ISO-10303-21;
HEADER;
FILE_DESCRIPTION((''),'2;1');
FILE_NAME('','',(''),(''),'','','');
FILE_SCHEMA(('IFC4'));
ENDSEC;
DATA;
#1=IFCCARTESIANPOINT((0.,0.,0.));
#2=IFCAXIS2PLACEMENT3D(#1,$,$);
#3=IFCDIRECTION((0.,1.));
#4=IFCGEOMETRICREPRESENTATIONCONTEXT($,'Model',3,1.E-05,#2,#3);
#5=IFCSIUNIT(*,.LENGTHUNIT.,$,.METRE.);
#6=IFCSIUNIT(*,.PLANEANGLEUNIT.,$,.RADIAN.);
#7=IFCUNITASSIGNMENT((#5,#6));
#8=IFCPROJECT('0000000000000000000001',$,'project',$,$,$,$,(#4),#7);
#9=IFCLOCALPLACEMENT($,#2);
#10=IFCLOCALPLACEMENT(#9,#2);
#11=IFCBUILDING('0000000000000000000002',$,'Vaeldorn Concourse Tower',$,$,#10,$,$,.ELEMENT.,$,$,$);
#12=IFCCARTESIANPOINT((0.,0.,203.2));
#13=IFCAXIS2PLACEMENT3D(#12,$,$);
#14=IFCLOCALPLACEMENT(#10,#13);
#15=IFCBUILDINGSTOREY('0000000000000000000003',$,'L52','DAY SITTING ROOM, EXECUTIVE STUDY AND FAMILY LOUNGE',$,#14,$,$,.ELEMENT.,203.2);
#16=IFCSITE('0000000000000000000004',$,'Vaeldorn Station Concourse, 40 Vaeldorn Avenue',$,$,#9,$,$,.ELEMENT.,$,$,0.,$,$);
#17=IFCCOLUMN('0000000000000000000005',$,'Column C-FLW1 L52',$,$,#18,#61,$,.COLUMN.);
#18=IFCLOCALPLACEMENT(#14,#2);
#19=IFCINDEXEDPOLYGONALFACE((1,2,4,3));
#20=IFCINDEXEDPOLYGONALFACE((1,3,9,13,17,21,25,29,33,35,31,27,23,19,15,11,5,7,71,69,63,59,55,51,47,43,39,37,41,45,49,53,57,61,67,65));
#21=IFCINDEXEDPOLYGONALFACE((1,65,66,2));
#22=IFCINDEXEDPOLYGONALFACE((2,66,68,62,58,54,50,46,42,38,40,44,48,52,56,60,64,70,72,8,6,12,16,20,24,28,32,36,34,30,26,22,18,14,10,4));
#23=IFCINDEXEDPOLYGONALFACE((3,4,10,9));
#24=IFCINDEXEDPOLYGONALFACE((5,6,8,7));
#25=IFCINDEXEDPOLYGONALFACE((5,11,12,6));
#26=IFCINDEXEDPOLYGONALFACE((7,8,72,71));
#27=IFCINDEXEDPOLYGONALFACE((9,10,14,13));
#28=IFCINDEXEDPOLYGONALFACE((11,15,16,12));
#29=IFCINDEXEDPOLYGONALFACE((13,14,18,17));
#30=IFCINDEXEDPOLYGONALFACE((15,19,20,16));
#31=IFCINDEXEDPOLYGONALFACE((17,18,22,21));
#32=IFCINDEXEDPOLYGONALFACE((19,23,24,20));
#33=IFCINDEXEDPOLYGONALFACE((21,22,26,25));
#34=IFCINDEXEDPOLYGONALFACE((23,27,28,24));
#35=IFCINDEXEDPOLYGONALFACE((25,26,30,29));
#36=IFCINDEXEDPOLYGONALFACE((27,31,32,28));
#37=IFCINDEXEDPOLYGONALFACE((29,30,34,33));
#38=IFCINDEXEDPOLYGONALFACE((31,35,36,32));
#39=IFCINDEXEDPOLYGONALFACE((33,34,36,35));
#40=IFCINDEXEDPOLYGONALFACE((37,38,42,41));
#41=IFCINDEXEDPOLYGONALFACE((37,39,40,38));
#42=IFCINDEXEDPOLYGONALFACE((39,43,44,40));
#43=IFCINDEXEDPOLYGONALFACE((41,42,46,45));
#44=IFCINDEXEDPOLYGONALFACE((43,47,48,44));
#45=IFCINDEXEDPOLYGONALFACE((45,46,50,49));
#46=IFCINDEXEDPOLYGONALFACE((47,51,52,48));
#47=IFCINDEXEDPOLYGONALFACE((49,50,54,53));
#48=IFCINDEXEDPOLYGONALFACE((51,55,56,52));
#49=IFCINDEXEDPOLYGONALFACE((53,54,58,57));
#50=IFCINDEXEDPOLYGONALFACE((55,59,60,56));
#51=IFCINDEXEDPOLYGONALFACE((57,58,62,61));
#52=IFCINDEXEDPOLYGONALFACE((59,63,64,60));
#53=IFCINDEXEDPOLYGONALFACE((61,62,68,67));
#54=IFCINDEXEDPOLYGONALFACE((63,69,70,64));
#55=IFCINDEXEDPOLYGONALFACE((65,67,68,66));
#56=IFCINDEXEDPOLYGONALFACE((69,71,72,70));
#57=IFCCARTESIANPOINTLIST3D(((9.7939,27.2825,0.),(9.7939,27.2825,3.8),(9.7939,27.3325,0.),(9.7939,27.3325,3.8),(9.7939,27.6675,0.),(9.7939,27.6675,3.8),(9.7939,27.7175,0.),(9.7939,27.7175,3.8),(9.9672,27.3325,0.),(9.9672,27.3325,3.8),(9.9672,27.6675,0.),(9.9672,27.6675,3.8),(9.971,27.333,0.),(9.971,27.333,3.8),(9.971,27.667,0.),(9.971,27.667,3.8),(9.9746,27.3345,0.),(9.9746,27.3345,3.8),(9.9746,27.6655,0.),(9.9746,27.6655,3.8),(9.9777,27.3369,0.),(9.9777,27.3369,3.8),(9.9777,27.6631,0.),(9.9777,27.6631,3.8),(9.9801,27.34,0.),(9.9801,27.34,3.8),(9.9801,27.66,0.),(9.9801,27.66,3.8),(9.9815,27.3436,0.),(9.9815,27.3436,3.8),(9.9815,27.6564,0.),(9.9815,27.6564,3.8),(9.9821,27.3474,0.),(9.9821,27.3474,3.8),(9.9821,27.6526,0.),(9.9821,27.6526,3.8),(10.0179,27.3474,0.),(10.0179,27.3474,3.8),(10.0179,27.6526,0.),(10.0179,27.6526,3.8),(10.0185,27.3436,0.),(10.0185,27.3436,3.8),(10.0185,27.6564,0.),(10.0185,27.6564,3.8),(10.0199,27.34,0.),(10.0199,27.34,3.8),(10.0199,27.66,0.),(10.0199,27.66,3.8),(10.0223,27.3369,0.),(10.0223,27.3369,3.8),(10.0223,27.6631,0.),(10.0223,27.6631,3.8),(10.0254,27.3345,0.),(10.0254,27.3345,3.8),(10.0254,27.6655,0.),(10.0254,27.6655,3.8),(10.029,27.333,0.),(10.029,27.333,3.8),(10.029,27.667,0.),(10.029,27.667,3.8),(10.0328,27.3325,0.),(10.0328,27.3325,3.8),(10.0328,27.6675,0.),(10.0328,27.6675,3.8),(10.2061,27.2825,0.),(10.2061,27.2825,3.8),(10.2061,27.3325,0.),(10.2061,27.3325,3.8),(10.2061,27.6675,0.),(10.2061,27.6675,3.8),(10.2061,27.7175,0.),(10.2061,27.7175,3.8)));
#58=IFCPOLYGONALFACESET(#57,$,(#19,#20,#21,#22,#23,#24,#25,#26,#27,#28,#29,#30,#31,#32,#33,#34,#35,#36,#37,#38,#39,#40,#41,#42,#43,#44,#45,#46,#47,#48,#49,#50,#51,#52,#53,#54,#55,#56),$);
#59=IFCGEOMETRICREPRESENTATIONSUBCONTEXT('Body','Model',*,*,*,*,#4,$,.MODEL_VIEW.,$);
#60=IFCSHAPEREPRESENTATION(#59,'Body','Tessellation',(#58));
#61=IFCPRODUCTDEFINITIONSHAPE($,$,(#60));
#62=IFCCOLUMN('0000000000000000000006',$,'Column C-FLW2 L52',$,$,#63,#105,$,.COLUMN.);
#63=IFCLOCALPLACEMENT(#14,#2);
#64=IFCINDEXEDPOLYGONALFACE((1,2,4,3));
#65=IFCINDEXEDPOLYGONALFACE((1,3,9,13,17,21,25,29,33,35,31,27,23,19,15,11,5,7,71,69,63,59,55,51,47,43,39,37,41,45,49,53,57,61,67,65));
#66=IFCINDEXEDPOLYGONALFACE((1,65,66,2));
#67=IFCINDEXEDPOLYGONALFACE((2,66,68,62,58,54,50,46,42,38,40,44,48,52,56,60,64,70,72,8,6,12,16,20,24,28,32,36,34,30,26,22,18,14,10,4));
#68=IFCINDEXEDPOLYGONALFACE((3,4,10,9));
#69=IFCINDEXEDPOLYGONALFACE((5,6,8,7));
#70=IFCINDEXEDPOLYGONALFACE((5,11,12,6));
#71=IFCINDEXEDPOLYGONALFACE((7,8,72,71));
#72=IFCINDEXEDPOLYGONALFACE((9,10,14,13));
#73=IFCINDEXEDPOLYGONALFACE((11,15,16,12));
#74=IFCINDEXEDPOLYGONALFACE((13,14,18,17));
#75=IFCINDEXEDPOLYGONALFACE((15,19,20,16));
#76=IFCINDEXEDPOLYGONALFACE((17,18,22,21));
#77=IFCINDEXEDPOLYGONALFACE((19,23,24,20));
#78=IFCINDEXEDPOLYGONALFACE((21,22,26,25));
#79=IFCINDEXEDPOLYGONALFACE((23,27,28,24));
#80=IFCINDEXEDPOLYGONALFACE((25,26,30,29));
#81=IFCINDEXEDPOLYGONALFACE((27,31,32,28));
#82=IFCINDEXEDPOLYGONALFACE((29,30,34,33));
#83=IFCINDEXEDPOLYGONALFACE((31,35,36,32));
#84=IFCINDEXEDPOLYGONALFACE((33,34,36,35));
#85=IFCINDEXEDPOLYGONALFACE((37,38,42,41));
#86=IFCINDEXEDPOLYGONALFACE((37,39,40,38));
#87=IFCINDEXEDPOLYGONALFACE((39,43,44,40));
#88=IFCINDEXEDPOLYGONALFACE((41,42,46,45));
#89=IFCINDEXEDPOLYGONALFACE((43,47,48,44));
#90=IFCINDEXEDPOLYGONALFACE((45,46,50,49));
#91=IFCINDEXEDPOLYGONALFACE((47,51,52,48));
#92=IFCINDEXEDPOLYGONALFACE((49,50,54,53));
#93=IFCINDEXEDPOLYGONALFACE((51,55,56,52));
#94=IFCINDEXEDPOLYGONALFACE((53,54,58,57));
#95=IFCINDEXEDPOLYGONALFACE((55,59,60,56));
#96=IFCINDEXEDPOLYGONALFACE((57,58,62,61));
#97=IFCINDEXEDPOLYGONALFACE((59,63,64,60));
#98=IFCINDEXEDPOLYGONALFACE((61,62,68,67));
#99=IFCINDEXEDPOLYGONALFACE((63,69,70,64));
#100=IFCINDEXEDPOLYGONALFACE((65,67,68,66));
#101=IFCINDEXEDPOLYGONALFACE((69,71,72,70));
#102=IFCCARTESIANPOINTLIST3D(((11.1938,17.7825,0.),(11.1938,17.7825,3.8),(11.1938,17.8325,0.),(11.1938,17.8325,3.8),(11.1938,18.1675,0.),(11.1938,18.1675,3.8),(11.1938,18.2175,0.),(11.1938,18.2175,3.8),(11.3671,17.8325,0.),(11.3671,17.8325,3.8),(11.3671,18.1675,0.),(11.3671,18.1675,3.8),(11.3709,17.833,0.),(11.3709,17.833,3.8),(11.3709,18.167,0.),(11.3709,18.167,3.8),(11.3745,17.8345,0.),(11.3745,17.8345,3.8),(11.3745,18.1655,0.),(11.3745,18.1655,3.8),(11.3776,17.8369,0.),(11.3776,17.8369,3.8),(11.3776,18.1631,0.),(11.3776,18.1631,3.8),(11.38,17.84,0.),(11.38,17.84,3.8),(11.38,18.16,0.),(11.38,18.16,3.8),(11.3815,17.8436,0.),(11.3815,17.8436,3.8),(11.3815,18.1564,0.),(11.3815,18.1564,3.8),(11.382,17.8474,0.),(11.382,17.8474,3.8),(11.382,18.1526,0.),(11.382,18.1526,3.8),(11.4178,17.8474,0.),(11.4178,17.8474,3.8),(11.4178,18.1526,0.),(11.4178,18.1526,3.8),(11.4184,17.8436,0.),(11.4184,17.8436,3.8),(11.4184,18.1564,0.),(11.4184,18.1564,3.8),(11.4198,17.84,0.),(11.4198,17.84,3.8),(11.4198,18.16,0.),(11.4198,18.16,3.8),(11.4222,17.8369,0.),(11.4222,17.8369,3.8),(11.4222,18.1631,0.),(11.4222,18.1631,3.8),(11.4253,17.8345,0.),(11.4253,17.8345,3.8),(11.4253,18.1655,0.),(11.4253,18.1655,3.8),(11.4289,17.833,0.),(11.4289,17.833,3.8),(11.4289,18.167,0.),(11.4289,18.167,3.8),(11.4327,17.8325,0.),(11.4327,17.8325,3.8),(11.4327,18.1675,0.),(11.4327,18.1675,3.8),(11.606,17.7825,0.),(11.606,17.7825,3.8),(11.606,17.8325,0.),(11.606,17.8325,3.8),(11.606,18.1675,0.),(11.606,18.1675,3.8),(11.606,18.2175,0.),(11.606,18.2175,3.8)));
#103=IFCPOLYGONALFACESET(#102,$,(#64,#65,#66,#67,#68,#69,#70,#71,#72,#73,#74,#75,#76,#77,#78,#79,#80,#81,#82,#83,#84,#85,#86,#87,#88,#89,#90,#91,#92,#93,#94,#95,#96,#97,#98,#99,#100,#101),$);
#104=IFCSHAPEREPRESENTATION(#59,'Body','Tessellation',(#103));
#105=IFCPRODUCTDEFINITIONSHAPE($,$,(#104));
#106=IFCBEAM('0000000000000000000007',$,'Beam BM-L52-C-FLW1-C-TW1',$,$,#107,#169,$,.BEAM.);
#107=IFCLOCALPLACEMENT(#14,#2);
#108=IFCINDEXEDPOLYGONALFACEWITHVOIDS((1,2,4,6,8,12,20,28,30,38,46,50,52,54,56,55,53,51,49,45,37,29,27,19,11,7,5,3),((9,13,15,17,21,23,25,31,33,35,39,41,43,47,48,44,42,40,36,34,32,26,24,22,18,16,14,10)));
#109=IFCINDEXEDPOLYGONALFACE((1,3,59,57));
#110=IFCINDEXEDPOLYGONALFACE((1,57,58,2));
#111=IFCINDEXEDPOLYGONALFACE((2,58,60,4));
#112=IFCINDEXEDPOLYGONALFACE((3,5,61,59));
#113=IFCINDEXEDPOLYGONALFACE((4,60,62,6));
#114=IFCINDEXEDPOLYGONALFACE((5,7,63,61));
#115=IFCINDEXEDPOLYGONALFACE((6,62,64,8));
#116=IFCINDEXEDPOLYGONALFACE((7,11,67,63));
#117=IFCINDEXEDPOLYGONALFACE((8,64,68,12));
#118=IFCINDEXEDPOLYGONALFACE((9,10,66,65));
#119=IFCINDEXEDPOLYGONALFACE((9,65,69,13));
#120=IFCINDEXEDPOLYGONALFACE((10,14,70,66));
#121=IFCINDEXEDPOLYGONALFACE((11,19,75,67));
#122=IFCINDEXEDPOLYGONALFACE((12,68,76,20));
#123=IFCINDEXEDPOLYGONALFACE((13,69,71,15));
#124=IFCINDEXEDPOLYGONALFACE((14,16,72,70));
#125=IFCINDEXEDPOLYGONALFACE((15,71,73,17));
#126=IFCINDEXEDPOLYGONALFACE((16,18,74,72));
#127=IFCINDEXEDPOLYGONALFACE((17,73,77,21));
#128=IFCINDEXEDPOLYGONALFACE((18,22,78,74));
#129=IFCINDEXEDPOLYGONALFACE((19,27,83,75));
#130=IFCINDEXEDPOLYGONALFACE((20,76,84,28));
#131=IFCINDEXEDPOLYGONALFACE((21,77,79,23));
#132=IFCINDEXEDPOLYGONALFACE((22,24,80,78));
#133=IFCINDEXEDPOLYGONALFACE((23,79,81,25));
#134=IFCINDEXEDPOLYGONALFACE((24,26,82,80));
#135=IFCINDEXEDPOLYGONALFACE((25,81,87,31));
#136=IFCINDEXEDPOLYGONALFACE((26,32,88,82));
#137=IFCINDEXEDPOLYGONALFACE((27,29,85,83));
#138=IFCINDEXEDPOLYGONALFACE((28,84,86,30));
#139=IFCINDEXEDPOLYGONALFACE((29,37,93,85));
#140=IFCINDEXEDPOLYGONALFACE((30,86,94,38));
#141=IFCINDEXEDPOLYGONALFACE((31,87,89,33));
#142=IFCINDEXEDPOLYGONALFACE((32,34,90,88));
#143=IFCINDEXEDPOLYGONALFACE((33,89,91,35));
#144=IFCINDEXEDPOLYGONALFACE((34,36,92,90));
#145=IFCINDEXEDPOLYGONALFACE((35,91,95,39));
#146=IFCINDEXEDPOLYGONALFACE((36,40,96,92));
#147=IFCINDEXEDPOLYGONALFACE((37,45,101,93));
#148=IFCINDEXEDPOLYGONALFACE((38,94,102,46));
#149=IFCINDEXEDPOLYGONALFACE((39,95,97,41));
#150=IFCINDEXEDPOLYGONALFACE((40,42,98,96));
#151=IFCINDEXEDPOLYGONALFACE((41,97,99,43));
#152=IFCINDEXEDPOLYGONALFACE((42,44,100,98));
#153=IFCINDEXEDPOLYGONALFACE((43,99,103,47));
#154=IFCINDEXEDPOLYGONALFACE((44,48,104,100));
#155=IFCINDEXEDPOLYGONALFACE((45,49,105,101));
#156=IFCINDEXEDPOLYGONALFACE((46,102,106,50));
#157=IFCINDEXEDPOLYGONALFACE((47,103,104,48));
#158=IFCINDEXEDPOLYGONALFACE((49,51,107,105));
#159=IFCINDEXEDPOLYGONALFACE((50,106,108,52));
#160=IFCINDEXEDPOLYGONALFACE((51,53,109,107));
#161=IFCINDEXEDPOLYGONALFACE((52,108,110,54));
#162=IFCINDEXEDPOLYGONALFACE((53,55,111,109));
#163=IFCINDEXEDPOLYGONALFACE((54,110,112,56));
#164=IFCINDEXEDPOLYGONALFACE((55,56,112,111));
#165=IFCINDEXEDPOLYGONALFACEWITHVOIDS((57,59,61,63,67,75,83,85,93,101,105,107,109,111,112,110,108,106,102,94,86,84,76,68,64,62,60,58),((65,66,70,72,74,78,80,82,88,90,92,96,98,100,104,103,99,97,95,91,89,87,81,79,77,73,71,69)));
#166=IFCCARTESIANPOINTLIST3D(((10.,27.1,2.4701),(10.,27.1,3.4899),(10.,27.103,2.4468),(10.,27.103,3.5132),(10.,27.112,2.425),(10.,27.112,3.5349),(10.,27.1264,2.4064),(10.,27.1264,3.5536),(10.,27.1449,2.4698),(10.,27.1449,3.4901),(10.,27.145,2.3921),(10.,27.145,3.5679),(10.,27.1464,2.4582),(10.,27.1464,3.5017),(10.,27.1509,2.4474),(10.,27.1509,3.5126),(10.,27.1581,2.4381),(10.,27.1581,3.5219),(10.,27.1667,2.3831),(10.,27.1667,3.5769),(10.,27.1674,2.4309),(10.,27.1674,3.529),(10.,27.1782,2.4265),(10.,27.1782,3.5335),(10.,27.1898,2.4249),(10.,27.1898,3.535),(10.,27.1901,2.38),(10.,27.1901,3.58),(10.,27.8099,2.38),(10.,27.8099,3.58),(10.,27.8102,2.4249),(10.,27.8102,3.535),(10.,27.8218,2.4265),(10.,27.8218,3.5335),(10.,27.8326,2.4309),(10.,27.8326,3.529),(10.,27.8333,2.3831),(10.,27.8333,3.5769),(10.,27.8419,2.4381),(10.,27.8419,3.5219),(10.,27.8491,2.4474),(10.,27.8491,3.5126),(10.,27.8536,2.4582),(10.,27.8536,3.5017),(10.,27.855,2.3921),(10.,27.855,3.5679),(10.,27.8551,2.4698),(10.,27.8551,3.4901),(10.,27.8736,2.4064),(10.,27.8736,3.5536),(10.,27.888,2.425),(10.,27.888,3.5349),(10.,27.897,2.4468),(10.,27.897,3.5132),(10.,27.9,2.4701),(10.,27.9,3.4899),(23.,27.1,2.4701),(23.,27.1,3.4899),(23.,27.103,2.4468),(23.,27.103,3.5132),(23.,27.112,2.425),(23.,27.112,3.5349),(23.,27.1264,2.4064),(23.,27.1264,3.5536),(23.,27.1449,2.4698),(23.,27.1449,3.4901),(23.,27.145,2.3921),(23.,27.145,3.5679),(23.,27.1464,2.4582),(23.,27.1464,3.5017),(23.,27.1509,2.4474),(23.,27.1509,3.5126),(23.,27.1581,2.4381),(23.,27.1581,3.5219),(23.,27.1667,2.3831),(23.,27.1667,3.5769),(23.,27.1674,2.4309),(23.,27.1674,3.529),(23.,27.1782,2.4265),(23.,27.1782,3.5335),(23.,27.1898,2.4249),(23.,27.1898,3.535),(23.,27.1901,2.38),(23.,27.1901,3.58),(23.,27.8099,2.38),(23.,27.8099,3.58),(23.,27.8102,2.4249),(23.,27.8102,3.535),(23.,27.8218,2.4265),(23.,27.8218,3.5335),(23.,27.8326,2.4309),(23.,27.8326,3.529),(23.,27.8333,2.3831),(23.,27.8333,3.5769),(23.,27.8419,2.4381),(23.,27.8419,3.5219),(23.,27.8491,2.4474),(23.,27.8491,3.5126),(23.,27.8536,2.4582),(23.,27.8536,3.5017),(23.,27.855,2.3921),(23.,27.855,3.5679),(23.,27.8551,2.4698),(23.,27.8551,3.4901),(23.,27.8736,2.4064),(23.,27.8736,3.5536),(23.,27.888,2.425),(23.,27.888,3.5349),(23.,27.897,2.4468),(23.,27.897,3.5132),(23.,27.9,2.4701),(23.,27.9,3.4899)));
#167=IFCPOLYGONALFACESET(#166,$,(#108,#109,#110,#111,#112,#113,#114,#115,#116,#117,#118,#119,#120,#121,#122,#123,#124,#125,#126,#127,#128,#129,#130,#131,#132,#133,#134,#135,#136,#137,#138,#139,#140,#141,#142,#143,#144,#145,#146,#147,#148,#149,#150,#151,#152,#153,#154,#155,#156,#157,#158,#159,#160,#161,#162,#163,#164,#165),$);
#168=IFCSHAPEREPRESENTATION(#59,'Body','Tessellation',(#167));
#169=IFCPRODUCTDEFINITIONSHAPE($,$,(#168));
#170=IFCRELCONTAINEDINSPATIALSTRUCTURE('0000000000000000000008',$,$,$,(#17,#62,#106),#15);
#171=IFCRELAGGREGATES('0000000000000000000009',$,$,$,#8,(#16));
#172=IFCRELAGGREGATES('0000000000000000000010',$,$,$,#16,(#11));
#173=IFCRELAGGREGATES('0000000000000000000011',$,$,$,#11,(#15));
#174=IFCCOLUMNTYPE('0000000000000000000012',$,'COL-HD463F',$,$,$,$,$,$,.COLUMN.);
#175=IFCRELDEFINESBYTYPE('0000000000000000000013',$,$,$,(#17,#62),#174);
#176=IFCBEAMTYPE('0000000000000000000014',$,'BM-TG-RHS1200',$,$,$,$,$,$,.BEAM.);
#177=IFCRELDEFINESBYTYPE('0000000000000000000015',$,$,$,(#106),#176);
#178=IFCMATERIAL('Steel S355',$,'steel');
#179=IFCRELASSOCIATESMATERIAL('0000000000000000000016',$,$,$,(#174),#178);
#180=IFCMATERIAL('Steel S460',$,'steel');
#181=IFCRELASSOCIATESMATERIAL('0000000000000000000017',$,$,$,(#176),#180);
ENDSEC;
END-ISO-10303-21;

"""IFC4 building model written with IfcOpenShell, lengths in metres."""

from ifc_helpers import new_model, si_unit, direction, frame, origin, origin_2d, place, context, subcontext, project, spatial, hollow_rectangle, i_section, extrude, source, transform, mapped, material, material_profile, profile_set, type_object, element, save


model = new_model("IFC4")

# Units and contexts
model_context = context("Model", 3, precision=1e-05, world=origin(), true_north=direction((0.0, 1.0)))
body_context = subcontext(model_context, "Body", "Model", "MODEL_VIEW")
ifc_project = project(units=[si_unit("LENGTHUNIT", "METRE"), si_unit("PLANEANGLEUNIT", "RADIAN")], contexts=[model_context])

# Site, building, storey
site_placement = place(None, origin())
site = spatial("IfcSite", under=ifc_project, at=site_placement, Name="Vaeldorn Station Concourse, 40 Vaeldorn Avenue", CompositionType="ELEMENT", RefElevation=0.0)
building_placement = place(site_placement, origin())
building = spatial("IfcBuilding", under=site, at=building_placement, Name="Vaeldorn Concourse Tower", CompositionType="ELEMENT")
storey_placement = place(building_placement, frame((0.0, 0.0, 203.2)))
storey = spatial("IfcBuildingStorey", under=building, at=storey_placement, Name="L52", Description="DAY SITTING ROOM, EXECUTIVE STUDY AND FAMILY LOUNGE", CompositionType="ELEMENT", Elevation=203.2)

# Columns
ifc_material_1 = material(Name="Steel S355", Category="steel")
ifc_material_profile_1 = material_profile(ifc_material_1, i_section(OverallWidth=0.4121, OverallDepth=0.4351, WebThickness=0.0359, FlangeThickness=0.05, FilletRadius=0.0149, at=origin_2d()), Name="HD 400x463")
ifc_profile_set_1 = profile_set([ifc_material_profile_1], Name="Steel S355")
column_type = type_object("IfcColumnType", Name="COL-HD463F", PredefinedType="COLUMN", material=ifc_profile_set_1)
shared_shape_1 = source(origin(), body_context, "Body", "SweptSolid", [
    extrude(i_section(OverallWidth=0.4121, OverallDepth=0.4351, WebThickness=0.0359, FlangeThickness=0.05, FilletRadius=0.0149, at=origin_2d()), origin(), (0.0, 0.0, 1.0), 3.8),
])
for number, where, z_axis, x_axis, name in (
    (1, (10.0, 27.5, 0.0), (0.0, 0.0, 1.0), (1.0, 0.0, 0.0), "Column C-FLW1 L52"),
    (2, (11.3999, 18.0, 0.0), (0.0, 0.0, 1.0), (1.0, 0.0, 0.0), "Column C-FLW2 L52"),
):
    element("IfcColumn", number, at=place(storey_placement, frame(where, z_axis=z_axis, x_axis=x_axis)), inside=storey, type_object=column_type, Name=name, PredefinedType="COLUMN", context=body_context, shape_type="MappedRepresentation", body=[
        mapped(shared_shape_1, transform((0.0, 0.0, 0.0), scale=1.0)),
    ])

# Beam
ifc_material_2 = material(Name="Steel S460", Category="steel")
ifc_material_profile_2 = material_profile(ifc_material_2, hollow_rectangle(XDim=0.8, YDim=1.2, WallThickness=0.0449, InnerFilletRadius=0.0449, OuterFilletRadius=0.0901, at=origin_2d()), Name="RHS 1200x800x45")
ifc_profile_set_2 = profile_set([ifc_material_profile_2], Name="Steel S460")
beam_type_1 = type_object("IfcBeamType", Name="BM-TG-RHS1200", PredefinedType="BEAM", material=ifc_profile_set_2)
shared_shape_2 = source(origin(), body_context, "Body", "SweptSolid", [
    extrude(hollow_rectangle(XDim=0.8, YDim=1.2, WallThickness=0.0449, InnerFilletRadius=0.0449, OuterFilletRadius=0.0901, at=origin_2d()), origin(), (0.0, 0.0, 1.0), 13.0),
])
beam_1_placement = place(storey_placement, frame((10.0, 27.5, 2.98), z_axis=(1.0, 0.0, 0.0), x_axis=(0.0, 1.0, 0.0)))
element("IfcBeam", 3, at=beam_1_placement, inside=storey, type_object=beam_type_1, Name="Beam BM-L52-C-FLW1-C-TW1", PredefinedType="BEAM", context=body_context, shape_type="MappedRepresentation", body=[
    mapped(shared_shape_2, transform((0.0, 0.0, 0.0), scale=1.0)),
])

save(model, "model.ifc")
